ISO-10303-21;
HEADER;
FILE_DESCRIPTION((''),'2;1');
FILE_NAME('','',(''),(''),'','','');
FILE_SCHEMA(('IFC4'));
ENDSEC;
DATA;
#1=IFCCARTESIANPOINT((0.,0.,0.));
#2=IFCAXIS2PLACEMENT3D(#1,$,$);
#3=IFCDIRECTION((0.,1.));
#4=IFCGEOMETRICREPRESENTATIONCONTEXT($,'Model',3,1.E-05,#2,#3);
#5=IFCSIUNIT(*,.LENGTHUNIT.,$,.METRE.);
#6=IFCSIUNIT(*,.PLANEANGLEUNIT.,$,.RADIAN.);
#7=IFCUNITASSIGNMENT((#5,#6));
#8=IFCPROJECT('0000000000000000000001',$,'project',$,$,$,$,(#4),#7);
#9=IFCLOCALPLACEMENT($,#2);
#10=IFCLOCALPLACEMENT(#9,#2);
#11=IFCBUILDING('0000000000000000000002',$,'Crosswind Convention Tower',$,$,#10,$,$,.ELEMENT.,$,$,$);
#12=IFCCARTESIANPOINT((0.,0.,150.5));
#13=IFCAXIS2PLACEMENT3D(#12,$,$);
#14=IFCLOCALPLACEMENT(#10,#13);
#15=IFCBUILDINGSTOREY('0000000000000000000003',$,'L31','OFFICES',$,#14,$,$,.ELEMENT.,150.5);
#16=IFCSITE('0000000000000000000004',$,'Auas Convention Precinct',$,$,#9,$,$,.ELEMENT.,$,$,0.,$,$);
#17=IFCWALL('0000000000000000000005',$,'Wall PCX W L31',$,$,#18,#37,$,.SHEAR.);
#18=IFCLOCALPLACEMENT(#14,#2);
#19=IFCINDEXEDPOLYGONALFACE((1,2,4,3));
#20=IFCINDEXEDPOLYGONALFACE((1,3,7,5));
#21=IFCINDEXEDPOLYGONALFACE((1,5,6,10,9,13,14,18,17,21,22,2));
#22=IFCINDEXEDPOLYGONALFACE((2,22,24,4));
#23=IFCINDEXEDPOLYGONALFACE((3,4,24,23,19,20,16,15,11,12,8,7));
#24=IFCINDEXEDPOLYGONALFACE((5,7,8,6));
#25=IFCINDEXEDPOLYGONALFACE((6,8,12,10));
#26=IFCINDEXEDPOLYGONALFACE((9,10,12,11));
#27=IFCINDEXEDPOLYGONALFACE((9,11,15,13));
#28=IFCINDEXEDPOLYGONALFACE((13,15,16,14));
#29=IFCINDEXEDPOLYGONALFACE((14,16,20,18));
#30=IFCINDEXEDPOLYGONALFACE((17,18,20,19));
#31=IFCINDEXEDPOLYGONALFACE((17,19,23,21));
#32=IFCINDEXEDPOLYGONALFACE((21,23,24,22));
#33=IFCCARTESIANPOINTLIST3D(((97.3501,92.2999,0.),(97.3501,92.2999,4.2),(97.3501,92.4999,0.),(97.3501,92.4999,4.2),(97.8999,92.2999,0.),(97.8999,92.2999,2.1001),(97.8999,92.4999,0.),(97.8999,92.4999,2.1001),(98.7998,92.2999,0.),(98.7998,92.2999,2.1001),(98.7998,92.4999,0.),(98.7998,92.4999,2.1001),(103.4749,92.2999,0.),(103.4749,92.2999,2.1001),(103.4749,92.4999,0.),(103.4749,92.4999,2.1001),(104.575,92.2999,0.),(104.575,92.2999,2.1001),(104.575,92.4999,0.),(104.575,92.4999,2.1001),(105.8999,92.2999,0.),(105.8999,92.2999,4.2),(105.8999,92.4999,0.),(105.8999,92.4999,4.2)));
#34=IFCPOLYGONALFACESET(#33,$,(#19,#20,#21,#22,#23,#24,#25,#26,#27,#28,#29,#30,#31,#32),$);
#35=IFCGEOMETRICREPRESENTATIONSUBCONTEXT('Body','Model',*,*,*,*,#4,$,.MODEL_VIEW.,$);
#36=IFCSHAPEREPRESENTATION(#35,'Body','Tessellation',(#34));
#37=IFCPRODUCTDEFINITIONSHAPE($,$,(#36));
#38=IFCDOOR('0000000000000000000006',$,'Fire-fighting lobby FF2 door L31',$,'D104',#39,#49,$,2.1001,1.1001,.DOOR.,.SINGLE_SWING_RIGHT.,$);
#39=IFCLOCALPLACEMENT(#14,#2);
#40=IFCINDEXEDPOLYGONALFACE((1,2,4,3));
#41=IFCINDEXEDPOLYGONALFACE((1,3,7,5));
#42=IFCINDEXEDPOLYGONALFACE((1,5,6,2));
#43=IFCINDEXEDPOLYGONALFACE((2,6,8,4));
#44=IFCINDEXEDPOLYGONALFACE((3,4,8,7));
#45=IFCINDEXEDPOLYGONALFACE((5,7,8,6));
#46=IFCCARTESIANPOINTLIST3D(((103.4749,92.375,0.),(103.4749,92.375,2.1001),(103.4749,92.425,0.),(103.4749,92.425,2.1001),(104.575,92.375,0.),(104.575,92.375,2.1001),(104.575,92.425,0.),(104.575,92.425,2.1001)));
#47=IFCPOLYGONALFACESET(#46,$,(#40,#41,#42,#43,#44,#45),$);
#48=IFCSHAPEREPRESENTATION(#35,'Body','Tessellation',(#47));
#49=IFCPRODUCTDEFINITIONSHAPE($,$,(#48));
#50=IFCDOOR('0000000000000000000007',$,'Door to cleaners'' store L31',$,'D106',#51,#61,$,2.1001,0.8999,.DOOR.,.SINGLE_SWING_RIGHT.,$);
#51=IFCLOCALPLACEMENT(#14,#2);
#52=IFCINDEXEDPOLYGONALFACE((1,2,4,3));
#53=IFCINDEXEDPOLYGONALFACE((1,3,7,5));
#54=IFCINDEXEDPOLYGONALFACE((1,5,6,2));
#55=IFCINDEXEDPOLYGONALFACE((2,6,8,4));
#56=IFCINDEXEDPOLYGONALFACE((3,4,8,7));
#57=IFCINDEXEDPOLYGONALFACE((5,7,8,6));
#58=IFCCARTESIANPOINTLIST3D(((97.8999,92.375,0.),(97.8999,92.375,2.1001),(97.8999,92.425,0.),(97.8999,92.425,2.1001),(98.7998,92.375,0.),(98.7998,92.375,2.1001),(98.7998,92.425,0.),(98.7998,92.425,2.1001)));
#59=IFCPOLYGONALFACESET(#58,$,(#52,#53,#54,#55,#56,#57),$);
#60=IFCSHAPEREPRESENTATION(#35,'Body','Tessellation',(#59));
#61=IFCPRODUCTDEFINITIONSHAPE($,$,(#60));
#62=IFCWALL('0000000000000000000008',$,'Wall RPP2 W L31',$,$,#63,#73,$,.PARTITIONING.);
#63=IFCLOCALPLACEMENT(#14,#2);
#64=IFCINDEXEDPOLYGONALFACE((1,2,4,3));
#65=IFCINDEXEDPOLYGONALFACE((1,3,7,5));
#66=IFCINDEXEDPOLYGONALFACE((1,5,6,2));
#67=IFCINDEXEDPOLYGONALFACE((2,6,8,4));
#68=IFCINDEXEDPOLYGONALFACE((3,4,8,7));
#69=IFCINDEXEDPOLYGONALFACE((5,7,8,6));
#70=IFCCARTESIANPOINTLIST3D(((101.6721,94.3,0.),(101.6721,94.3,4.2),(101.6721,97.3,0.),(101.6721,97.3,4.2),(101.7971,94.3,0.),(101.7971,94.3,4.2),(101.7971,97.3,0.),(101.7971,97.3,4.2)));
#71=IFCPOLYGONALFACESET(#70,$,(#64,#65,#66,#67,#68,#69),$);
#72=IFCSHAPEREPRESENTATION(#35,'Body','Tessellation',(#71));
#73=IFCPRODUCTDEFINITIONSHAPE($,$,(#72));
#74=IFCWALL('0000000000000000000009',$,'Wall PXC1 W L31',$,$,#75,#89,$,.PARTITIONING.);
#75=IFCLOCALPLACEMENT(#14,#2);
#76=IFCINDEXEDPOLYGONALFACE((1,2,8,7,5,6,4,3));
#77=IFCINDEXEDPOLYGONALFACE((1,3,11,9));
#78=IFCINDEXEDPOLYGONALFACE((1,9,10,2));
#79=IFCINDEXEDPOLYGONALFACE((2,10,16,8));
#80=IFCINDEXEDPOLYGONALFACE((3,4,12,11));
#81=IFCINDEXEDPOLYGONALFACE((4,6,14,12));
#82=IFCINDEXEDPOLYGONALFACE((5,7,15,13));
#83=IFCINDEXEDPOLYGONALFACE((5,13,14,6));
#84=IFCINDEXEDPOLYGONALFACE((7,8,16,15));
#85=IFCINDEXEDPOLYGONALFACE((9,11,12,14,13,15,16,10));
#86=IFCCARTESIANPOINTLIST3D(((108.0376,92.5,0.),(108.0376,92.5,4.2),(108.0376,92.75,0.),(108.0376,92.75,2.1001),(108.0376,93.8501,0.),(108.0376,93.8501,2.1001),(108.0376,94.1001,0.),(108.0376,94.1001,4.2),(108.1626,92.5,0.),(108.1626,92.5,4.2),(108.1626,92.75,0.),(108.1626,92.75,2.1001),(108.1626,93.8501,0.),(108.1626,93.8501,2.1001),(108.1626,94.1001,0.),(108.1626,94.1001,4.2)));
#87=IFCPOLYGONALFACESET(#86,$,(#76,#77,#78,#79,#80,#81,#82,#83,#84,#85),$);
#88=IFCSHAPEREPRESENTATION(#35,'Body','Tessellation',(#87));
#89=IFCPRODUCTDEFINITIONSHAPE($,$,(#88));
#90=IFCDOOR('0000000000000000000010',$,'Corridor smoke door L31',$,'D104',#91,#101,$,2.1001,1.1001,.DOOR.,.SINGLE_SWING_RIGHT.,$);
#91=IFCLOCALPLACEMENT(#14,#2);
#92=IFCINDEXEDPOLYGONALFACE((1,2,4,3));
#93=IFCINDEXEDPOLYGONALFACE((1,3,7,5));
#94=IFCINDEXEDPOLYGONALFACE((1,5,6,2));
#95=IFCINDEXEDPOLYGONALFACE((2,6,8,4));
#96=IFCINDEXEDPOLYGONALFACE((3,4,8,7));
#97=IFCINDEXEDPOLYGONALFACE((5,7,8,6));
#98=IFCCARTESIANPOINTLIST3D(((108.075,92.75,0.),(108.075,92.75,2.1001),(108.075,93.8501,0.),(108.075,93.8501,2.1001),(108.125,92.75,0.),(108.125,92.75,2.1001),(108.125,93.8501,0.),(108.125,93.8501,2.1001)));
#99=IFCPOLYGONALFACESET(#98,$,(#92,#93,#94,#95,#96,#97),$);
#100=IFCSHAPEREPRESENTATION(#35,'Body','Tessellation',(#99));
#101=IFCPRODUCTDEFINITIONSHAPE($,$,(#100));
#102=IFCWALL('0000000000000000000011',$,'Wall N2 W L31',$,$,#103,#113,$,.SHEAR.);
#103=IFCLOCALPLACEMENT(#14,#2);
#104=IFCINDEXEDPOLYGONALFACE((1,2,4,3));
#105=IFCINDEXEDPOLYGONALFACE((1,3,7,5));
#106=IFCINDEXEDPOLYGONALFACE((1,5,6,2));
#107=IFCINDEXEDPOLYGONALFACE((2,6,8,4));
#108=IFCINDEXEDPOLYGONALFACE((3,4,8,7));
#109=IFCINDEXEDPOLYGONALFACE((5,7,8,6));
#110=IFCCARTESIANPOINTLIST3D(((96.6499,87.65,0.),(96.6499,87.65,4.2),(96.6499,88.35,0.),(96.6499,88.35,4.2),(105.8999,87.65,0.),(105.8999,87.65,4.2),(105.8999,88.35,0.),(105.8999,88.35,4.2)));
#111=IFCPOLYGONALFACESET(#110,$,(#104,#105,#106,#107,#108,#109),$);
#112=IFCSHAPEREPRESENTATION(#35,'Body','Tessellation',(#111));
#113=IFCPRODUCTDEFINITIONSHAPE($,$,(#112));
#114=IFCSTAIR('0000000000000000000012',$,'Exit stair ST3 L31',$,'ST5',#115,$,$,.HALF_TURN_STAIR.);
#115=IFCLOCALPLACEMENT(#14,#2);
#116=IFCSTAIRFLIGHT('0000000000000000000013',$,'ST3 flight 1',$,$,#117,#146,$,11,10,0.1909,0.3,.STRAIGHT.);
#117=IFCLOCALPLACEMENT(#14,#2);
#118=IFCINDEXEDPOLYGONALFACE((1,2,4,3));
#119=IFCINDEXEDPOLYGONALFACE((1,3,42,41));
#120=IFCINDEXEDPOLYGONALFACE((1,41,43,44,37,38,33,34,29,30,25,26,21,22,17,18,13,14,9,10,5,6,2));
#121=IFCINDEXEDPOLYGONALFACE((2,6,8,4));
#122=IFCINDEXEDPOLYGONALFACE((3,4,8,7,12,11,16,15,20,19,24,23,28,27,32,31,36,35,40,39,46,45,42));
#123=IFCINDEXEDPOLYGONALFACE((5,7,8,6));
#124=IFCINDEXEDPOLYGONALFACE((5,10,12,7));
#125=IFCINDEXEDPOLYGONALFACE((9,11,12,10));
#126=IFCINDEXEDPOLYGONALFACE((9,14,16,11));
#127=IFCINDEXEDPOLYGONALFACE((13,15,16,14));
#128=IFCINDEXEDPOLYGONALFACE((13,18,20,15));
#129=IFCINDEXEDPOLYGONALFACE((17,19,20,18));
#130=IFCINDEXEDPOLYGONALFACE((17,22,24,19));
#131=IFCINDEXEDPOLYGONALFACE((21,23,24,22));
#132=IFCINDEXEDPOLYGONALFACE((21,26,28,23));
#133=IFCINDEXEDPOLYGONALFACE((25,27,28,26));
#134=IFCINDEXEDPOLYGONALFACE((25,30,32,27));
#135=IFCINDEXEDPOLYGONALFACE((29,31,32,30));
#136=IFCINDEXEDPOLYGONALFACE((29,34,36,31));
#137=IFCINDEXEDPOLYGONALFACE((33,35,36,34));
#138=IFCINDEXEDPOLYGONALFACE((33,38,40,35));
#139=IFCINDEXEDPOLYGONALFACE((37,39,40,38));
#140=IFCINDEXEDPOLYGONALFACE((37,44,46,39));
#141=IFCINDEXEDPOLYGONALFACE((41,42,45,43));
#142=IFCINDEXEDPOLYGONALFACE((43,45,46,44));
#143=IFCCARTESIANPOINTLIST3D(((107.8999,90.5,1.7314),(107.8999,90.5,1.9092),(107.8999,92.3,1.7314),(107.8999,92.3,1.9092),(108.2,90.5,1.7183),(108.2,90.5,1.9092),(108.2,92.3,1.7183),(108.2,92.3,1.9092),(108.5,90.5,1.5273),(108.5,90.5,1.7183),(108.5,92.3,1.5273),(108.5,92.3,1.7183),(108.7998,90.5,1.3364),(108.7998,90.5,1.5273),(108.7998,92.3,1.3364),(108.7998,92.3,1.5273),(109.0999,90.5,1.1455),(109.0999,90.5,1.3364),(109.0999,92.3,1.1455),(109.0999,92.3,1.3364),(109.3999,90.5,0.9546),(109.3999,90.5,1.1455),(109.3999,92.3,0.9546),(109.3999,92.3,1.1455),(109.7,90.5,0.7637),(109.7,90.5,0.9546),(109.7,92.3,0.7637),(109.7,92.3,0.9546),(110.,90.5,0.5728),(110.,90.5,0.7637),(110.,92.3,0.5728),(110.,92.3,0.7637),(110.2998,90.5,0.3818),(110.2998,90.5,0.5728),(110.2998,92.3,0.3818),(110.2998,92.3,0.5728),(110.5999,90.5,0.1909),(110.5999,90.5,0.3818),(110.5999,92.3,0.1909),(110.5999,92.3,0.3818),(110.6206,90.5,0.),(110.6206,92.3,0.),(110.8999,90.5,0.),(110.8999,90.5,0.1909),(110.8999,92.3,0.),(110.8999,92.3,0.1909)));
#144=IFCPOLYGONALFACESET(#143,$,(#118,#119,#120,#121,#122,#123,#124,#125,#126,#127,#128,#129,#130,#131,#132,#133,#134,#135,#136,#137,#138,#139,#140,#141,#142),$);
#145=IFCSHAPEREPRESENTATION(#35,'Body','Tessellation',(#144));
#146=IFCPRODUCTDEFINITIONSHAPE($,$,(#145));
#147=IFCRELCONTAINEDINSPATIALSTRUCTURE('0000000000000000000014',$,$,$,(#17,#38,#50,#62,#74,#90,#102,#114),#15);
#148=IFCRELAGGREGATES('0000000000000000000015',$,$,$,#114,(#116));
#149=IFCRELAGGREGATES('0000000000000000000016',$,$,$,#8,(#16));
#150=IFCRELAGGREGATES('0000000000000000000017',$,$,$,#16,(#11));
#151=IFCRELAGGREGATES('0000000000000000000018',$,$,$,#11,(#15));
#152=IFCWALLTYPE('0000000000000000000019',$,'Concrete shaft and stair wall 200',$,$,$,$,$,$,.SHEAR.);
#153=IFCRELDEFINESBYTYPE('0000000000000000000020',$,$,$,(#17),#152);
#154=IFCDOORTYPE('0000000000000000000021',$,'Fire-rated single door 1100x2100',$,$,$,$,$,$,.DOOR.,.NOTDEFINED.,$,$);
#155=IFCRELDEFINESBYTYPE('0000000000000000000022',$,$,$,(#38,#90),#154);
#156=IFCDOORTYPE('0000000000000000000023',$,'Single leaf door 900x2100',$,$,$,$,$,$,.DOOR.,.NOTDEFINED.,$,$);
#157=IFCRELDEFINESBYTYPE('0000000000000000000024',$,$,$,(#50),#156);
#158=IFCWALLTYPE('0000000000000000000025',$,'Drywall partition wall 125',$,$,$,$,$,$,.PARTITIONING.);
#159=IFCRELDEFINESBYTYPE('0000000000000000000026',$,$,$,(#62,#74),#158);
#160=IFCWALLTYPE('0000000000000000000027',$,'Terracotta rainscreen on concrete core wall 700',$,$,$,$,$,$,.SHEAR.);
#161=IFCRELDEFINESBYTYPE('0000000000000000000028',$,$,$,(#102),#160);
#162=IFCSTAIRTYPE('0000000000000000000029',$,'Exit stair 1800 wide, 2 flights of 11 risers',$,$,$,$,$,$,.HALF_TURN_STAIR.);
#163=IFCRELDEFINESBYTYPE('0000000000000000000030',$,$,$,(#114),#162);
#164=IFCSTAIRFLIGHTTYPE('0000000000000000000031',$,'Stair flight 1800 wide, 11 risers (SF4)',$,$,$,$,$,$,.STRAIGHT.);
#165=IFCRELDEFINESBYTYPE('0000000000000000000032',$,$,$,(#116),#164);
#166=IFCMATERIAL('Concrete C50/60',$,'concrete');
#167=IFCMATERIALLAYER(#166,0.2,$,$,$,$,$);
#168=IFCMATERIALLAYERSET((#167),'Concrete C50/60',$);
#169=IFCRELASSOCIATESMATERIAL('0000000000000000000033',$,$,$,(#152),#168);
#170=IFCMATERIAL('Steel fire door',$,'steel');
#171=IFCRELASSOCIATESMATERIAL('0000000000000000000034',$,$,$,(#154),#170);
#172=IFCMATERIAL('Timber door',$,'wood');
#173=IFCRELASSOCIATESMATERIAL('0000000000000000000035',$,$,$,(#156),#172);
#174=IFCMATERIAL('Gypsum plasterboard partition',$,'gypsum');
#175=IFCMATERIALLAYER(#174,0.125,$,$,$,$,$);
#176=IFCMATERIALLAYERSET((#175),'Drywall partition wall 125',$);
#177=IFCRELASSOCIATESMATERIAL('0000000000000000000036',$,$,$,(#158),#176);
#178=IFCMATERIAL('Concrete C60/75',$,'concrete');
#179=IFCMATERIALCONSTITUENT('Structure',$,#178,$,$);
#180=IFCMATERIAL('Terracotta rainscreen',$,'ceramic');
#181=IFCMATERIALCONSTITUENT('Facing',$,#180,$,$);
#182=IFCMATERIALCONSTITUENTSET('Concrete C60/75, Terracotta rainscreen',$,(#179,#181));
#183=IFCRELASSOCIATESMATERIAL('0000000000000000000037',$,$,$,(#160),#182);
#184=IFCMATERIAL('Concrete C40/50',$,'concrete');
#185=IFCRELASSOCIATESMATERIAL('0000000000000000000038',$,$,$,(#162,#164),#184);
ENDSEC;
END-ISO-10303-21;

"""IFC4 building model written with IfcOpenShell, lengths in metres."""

from ifc_helpers import new_model, si_unit, direction, frame, frame_2d, origin, place, context, subcontext, project, spatial, polyline, rectangle, outline, extrude, material, layer, layer_set, constituent, constituent_set, type_object, element, fill, aggregate, save


model = new_model("IFC4")

# Units and contexts
model_context = context("Model", 3, precision=1e-05, world=origin(), true_north=direction((0.0, 1.0)))
body_context = subcontext(model_context, "Body", "Model", "MODEL_VIEW")
ifc_project = project(units=[si_unit("LENGTHUNIT", "METRE"), si_unit("PLANEANGLEUNIT", "RADIAN")], contexts=[model_context])

# Site, building, storey
site_placement = place(None, origin())
site = spatial("IfcSite", under=ifc_project, at=site_placement, Name="Auas Convention Precinct", CompositionType="ELEMENT", RefElevation=0.0)
building_placement = place(site_placement, origin())
building = spatial("IfcBuilding", under=site, at=building_placement, Name="Crosswind Convention Tower", CompositionType="ELEMENT")
storey_placement = place(building_placement, frame((0.0, 0.0, 150.5)))
storey = spatial("IfcBuildingStorey", under=building, at=storey_placement, Name="L31", Description="OFFICES", CompositionType="ELEMENT", Elevation=150.5)

# Shared definitions
ifc_material_1 = material(Name="Concrete C50/60", Category="concrete")
ifc_layer_1 = layer(ifc_material_1, 0.2)
ifc_layer_set_1 = layer_set([ifc_layer_1], Name="Concrete C50/60")
wall_type_1 = type_object("IfcWallType", Name="Concrete shaft and stair wall 200", PredefinedType="SHEAR", material=ifc_layer_set_1)

# Wall, openings, doors
wall_1_placement = place(storey_placement, frame((105.8999, 92.3999, 0.0), z_axis=(0.0, 0.0, 1.0), x_axis=(-1.0, 0.0, 0.0)))
wall_1 = element("IfcWall", 1, at=wall_1_placement, inside=storey, type_object=wall_type_1, Name="Wall PCX W L31", PredefinedType="SHEAR", context=body_context, shape_type="SweptSolid", body=[
    extrude(rectangle(XDim=8.5498, YDim=0.2, at=frame_2d((4.2749, 0.0))), origin(), (0.0, 0.0, 1.0), 4.2),
])
opening_1_placement = place(wall_1_placement, frame((1.325, 0.0, 0.0)))
opening_1 = element("IfcOpeningElement", 2, at=opening_1_placement, cuts=wall_1, PredefinedType="OPENING", context=body_context, shape_type="SweptSolid", body=[
    extrude(rectangle(XDim=1.1001, YDim=2.1001, at=frame_2d((0.55, 1.05))), frame((0.0, 0.1099, 0.0), z_axis=(0.0, -1.0, 0.0), x_axis=(1.0, 0.0, 0.0)), (0.0, 0.0, 1.0), 0.22),
])
opening_2_placement = place(wall_1_placement, frame((7.1001, 0.0, 0.0)))
opening_2 = element("IfcOpeningElement", 3, at=opening_2_placement, cuts=wall_1, PredefinedType="OPENING", context=body_context, shape_type="SweptSolid", body=[
    extrude(rectangle(XDim=0.8999, YDim=2.1001, at=frame_2d((0.45, 1.05))), frame((0.0, 0.1099, 0.0), z_axis=(0.0, -1.0, 0.0), x_axis=(1.0, 0.0, 0.0)), (0.0, 0.0, 1.0), 0.22),
])
ifc_material_2 = material(Name="Steel fire door", Category="steel")
door_type_1 = type_object("IfcDoorType", Name="Fire-rated single door 1100x2100", OperationType="NOTDEFINED", PredefinedType="DOOR", material=ifc_material_2)
door_1_placement = place(opening_1_placement, origin())
door_1 = element("IfcDoor", 4, at=door_1_placement, inside=storey, type_object=door_type_1, Name="Fire-fighting lobby FF2 door L31", ObjectType="D104", OperationType="SINGLE_SWING_RIGHT", OverallHeight=2.1001, OverallWidth=1.1001, PredefinedType="DOOR", context=body_context, shape_type="SweptSolid", body=[
    extrude(rectangle(XDim=1.1001, YDim=2.1001, at=frame_2d((0.55, 1.05))), frame((0.0, 0.0249, 0.0), z_axis=(0.0, -1.0, 0.0), x_axis=(1.0, 0.0, 0.0)), (0.0, 0.0, 1.0), 0.05),
])
fill(opening_1, door_1)
ifc_material_3 = material(Name="Timber door", Category="wood")
door_type_2 = type_object("IfcDoorType", Name="Single leaf door 900x2100", OperationType="NOTDEFINED", PredefinedType="DOOR", material=ifc_material_3)
door_2_placement = place(opening_2_placement, origin())
door_2 = element("IfcDoor", 5, at=door_2_placement, inside=storey, type_object=door_type_2, Name="Door to cleaners' store L31", ObjectType="D106", OperationType="SINGLE_SWING_RIGHT", OverallHeight=2.1001, OverallWidth=0.8999, PredefinedType="DOOR", context=body_context, shape_type="SweptSolid", body=[
    extrude(rectangle(XDim=0.8999, YDim=2.1001, at=frame_2d((0.45, 1.05))), frame((0.0, 0.0249, 0.0), z_axis=(0.0, -1.0, 0.0), x_axis=(1.0, 0.0, 0.0)), (0.0, 0.0, 1.0), 0.05),
])
fill(opening_2, door_2)

# Wall
ifc_material_4 = material(Name="Gypsum plasterboard partition", Category="gypsum")
ifc_layer_2 = layer(ifc_material_4, 0.125)
ifc_layer_set_2 = layer_set([ifc_layer_2], Name="Drywall partition wall 125")
wall_type_2 = type_object("IfcWallType", Name="Drywall partition wall 125", PredefinedType="PARTITIONING", material=ifc_layer_set_2)
wall_2_placement = place(storey_placement, frame((101.7346, 97.3, 0.0), z_axis=(0.0, 0.0, 1.0), x_axis=(0.0, -1.0, 0.0)))
element("IfcWall", 6, at=wall_2_placement, inside=storey, type_object=wall_type_2, Name="Wall RPP2 W L31", PredefinedType="PARTITIONING", context=body_context, shape_type="SweptSolid", body=[
    extrude(rectangle(XDim=3.0, YDim=0.125, at=frame_2d((1.5, 0.0))), origin(), (0.0, 0.0, 1.0), 4.2),
])

# Wall, opening, door
wall_3_placement = place(storey_placement, frame((108.1001, 94.1001, 0.0), z_axis=(0.0, 0.0, 1.0), x_axis=(0.0, -1.0, 0.0)))
wall_3 = element("IfcWall", 7, at=wall_3_placement, inside=storey, type_object=wall_type_2, Name="Wall PXC1 W L31", PredefinedType="PARTITIONING", context=body_context, shape_type="SweptSolid", body=[
    extrude(rectangle(XDim=1.6001, YDim=0.125, at=frame_2d((0.8, 0.0))), origin(), (0.0, 0.0, 1.0), 4.2),
])
opening_3_placement = place(wall_3_placement, frame((0.25, 0.0, 0.0)))
opening_3 = element("IfcOpeningElement", 8, at=opening_3_placement, cuts=wall_3, PredefinedType="OPENING", context=body_context, shape_type="SweptSolid", body=[
    extrude(rectangle(XDim=1.1001, YDim=2.1001, at=frame_2d((0.55, 1.05))), frame((0.0, 0.0725, 0.0), z_axis=(0.0, -1.0, 0.0), x_axis=(1.0, 0.0, 0.0)), (0.0, 0.0, 1.0), 0.145),
])
door_3_placement = place(opening_3_placement, origin())
door_3 = element("IfcDoor", 9, at=door_3_placement, inside=storey, type_object=door_type_1, Name="Corridor smoke door L31", ObjectType="D104", OperationType="SINGLE_SWING_RIGHT", OverallHeight=2.1001, OverallWidth=1.1001, PredefinedType="DOOR", context=body_context, shape_type="SweptSolid", body=[
    extrude(rectangle(XDim=1.1001, YDim=2.1001, at=frame_2d((0.55, 1.05))), frame((0.0, 0.0249, 0.0), z_axis=(0.0, -1.0, 0.0), x_axis=(1.0, 0.0, 0.0)), (0.0, 0.0, 1.0), 0.05),
])
fill(opening_3, door_3)

# Wall
ifc_material_5 = material(Name="Concrete C60/75", Category="concrete")
ifc_constituent_1 = constituent(ifc_material_5, Name="Structure")
ifc_material_6 = material(Name="Terracotta rainscreen", Category="ceramic")
ifc_constituent_2 = constituent(ifc_material_6, Name="Facing")
ifc_constituent_set = constituent_set(constituents=[ifc_constituent_1, ifc_constituent_2], Name="Concrete C60/75, Terracotta rainscreen")
wall_type_3 = type_object("IfcWallType", Name="Terracotta rainscreen on concrete core wall 700", PredefinedType="SHEAR", material=ifc_constituent_set)
wall_4_placement = place(storey_placement, frame((105.8999, 88.0, 0.0), z_axis=(0.0, 0.0, 1.0), x_axis=(-1.0, 0.0, 0.0)))
element("IfcWall", 10, at=wall_4_placement, inside=storey, type_object=wall_type_3, Name="Wall N2 W L31", PredefinedType="SHEAR", context=body_context, shape_type="SweptSolid", body=[
    extrude(rectangle(XDim=9.25, YDim=0.7, at=frame_2d((4.625, 0.0))), origin(), (0.0, 0.0, 1.0), 4.2),
])

# Stair, stair flight
ifc_material_7 = material(Name="Concrete C40/50", Category="concrete")
stair_type = type_object("IfcStairType", Name="Exit stair 1800 wide, 2 flights of 11 risers", PredefinedType="HALF_TURN_STAIR", material=ifc_material_7)
stair_placement = place(storey_placement, origin())
stair = element("IfcStair", 11, at=stair_placement, inside=storey, type_object=stair_type, Name="Exit stair ST3 L31", ObjectType="ST5", PredefinedType="HALF_TURN_STAIR")
stair_flight_type = type_object("IfcStairFlightType", Name="Stair flight 1800 wide, 11 risers (SF4)", PredefinedType="STRAIGHT", material=ifc_material_7)
stair_flight_1_placement = place(storey_placement, frame((110.8999, 91.3999, 0.0), z_axis=(0.0, 0.0, 1.0), x_axis=(-1.0, 0.0, 0.0)))
stair_flight_1 = element("IfcStairFlight", 12, at=stair_flight_1_placement, type_object=stair_flight_type, Name="ST3 flight 1", NumberOfRisers=11, NumberOfTreads=10, PredefinedType="STRAIGHT", RiserHeight=0.1909, TreadLength=0.3, context=body_context, shape_type="SweptSolid", body=[
    extrude(outline(polyline([(0.0, 0.0), (0.0, 0.1909), (0.3, 0.1909), (0.3, 0.3818), (0.6001, 0.3818), (0.6001, 0.5728), (0.8999, 0.5728), (0.8999, 0.7637), (1.2, 0.7637), (1.2, 0.9546), (1.5, 0.9546), (1.5, 1.1455), (1.8, 1.1455), (1.8, 1.3364), (2.1001, 1.3364), (2.1001, 1.5273), (2.3999, 1.5273), (2.3999, 1.7183), (2.7, 1.7183), (2.7, 1.9092), (3.0, 1.9092), (3.0, 2.1001), (3.0, 1.7314), (0.2793, 0.0), (0.0, 0.0)])), frame((0.0, 0.8999, 0.0), z_axis=(0.0, -1.0, 0.0), x_axis=(1.0, 0.0, 0.0)), (0.0, 0.0, 1.0), 1.8),
])
aggregate(stair, [stair_flight_1])

save(model, "model.ifc")
